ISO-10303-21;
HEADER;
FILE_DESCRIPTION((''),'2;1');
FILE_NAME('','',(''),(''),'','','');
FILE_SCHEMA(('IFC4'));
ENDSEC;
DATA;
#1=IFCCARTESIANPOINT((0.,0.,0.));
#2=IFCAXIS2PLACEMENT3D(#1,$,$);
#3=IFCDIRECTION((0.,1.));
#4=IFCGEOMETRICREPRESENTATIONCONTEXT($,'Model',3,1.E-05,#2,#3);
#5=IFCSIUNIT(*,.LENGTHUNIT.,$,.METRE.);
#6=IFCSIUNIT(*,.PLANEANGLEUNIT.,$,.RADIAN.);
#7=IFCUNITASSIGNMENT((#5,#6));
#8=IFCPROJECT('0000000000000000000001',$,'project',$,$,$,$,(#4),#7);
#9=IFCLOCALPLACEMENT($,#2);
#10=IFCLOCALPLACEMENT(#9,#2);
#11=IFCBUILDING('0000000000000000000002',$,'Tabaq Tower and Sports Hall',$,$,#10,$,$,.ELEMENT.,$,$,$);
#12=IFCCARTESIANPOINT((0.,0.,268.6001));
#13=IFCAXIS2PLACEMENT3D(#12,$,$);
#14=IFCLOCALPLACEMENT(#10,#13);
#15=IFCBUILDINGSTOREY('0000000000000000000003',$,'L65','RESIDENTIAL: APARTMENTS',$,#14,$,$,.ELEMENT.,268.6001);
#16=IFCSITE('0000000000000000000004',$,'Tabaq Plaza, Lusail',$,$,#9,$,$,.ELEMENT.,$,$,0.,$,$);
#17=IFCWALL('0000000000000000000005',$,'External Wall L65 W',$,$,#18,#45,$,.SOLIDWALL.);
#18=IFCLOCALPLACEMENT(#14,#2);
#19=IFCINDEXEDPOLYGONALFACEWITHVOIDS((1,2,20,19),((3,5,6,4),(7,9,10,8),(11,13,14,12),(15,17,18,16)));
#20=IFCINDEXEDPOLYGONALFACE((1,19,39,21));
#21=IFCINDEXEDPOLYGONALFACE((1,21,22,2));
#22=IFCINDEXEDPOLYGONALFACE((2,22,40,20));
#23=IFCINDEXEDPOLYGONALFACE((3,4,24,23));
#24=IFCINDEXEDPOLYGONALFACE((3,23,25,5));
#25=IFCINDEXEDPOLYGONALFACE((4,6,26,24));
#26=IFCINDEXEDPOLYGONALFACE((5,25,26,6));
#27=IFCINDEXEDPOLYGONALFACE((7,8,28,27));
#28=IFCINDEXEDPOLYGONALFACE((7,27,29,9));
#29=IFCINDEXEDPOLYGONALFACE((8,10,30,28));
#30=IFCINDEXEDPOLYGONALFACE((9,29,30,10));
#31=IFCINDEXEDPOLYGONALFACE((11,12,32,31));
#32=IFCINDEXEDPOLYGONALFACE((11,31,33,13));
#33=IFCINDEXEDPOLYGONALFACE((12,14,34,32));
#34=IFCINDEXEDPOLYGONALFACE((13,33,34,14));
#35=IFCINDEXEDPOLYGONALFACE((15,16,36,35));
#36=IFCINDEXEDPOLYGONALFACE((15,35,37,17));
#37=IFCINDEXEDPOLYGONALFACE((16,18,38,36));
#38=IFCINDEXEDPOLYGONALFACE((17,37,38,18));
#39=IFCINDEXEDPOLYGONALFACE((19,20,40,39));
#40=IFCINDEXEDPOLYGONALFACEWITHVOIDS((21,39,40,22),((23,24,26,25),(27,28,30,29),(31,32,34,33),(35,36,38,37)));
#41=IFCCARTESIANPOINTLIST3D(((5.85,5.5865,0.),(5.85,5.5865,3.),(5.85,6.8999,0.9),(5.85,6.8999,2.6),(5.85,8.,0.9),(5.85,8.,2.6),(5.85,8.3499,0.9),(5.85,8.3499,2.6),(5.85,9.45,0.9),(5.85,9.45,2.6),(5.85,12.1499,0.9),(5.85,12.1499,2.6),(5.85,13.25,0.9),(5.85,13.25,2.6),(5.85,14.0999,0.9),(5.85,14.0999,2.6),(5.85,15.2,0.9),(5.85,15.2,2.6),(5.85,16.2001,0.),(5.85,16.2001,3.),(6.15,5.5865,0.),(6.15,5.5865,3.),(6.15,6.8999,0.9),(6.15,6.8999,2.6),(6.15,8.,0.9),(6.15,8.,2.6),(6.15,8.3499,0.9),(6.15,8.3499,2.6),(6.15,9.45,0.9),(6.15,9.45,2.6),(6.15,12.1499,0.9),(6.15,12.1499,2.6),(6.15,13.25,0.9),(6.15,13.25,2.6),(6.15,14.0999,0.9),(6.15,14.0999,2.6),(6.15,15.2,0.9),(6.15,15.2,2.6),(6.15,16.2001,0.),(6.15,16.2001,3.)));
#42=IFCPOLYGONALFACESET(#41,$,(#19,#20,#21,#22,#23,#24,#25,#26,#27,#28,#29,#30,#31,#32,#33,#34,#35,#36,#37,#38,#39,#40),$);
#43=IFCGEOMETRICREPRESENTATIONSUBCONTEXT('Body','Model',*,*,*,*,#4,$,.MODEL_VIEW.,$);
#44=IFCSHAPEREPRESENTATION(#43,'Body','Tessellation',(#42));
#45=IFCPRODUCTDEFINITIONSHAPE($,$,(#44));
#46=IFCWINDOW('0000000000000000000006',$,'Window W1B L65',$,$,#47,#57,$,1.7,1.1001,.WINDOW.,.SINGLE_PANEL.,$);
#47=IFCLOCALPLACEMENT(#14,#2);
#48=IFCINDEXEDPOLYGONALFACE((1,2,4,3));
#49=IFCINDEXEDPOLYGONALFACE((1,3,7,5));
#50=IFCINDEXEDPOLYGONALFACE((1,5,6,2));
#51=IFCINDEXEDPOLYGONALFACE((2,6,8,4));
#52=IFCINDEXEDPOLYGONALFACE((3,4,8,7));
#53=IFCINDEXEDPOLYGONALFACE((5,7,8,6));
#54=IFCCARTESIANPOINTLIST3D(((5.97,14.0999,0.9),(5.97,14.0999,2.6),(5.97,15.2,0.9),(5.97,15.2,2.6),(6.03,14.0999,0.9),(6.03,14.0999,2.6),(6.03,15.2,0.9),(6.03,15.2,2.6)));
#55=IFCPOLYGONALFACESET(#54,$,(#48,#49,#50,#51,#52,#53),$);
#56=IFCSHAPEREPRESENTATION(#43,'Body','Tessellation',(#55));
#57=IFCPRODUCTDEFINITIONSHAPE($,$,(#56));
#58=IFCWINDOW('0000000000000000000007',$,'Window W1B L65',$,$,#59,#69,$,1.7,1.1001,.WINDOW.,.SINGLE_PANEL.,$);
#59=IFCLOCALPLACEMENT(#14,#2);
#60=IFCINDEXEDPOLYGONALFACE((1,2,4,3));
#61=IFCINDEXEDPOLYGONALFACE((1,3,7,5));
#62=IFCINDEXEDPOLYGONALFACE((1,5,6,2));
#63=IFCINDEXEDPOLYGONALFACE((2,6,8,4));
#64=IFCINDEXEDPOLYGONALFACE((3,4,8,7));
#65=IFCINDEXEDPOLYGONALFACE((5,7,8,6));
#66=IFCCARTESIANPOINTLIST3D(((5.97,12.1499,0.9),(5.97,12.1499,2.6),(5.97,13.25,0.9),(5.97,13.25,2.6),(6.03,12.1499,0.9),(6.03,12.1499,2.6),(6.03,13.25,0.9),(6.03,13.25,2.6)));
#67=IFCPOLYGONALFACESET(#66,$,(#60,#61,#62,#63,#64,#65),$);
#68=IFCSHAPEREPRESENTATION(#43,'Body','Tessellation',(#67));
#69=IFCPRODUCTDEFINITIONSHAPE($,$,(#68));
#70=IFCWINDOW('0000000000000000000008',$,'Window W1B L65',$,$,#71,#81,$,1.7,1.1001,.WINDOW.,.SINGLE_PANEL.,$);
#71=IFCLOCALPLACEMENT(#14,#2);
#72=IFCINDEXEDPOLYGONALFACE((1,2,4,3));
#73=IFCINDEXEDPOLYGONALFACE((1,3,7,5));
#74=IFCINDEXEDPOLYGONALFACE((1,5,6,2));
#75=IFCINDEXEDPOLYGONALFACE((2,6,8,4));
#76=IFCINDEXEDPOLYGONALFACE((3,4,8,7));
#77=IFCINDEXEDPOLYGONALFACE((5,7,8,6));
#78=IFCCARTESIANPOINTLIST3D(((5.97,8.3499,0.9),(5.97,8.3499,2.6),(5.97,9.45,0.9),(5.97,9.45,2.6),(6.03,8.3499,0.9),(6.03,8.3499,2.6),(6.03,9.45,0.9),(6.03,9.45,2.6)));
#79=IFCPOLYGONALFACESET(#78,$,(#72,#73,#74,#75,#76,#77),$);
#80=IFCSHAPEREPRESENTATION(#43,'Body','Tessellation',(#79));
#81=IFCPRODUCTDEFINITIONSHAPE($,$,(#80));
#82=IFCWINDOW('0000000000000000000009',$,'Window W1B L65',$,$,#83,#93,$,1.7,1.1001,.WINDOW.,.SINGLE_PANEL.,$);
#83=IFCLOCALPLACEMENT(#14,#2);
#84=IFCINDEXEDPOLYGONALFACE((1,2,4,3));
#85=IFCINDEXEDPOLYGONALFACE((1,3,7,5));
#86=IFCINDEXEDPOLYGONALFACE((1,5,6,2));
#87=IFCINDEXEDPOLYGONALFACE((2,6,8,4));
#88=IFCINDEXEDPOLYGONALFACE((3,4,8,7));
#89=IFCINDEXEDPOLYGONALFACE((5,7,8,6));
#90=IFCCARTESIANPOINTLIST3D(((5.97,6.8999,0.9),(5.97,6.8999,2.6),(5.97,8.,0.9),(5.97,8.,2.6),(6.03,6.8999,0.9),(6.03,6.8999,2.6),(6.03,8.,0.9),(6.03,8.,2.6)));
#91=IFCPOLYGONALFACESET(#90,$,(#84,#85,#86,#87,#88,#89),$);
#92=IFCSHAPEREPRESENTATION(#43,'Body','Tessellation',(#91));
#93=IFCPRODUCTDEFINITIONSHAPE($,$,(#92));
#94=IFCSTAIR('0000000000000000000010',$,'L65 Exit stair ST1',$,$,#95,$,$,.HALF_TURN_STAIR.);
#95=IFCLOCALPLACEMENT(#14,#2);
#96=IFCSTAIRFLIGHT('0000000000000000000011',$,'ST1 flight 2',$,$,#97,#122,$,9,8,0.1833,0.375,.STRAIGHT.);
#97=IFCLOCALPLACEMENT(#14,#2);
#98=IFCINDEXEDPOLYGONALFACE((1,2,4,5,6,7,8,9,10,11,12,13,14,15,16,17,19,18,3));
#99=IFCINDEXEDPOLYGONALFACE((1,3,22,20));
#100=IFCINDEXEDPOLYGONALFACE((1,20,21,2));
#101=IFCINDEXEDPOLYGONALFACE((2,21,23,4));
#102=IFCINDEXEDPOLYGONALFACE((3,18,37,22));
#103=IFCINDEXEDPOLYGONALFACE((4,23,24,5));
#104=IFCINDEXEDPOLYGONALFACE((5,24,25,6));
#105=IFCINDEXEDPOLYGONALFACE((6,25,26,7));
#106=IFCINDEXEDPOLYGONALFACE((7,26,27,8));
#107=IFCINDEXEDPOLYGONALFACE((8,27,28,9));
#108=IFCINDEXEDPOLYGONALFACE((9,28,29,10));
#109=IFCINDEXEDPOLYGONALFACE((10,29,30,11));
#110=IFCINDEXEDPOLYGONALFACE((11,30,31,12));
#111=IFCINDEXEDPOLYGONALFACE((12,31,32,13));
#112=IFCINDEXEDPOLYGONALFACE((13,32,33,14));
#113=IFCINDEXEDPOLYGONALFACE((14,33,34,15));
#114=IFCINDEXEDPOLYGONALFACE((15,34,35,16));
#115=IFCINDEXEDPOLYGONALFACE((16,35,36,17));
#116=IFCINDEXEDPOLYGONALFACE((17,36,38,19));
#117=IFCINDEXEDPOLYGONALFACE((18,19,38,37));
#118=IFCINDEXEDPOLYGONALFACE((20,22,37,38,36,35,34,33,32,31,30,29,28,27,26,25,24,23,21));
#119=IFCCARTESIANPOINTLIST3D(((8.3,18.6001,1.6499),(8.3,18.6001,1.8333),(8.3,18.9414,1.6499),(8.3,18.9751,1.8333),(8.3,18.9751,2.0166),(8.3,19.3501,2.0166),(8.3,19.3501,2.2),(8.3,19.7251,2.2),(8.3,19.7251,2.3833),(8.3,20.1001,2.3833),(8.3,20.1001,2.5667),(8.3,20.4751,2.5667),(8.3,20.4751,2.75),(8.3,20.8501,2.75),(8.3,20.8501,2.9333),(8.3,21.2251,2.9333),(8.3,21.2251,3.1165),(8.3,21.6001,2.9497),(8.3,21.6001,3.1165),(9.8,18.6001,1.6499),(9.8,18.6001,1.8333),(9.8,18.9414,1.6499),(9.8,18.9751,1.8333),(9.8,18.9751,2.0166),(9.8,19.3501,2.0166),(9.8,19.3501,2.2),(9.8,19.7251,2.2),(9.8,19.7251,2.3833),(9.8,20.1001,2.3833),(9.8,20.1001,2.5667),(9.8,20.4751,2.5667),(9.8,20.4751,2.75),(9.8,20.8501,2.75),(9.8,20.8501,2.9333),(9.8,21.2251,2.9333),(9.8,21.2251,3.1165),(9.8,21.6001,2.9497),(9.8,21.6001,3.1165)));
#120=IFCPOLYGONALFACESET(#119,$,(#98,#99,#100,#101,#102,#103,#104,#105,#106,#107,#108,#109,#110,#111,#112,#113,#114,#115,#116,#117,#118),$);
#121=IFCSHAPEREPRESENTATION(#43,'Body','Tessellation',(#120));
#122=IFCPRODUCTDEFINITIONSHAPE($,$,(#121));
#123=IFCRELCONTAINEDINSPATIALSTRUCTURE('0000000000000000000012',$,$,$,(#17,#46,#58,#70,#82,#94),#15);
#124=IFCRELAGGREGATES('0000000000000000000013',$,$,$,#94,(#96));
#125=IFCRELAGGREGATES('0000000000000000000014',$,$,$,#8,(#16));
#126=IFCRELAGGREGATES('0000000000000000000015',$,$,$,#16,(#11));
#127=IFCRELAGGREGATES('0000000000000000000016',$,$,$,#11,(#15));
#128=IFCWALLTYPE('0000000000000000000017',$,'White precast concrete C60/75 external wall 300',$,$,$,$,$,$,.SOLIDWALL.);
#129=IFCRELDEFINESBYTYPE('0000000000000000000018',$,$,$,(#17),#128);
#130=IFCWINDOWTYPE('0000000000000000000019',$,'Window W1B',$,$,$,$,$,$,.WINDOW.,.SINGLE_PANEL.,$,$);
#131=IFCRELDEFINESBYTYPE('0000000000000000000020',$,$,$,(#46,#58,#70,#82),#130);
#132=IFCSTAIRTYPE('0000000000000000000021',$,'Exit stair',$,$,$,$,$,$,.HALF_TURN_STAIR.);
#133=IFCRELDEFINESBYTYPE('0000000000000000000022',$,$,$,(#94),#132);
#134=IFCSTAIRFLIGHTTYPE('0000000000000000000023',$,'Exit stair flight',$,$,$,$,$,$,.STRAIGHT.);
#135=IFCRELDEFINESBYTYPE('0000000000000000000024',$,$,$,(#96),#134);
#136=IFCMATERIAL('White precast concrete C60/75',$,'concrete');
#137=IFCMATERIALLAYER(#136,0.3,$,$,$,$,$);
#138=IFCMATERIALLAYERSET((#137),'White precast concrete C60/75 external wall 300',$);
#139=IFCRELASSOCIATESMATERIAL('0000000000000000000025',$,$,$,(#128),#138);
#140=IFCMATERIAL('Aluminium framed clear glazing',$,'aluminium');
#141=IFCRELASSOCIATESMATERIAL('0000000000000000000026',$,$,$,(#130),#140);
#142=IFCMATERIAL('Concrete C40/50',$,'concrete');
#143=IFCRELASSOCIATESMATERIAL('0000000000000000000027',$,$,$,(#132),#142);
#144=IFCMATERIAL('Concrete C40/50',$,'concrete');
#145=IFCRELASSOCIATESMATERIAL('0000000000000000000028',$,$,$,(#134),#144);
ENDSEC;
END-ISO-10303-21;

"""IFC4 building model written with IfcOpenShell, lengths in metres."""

from ifc_helpers import new_model, si_unit, direction, frame, frame_2d, origin, place, context, subcontext, project, spatial, polyline, rectangle, outline, extrude, material, layer, layer_set, type_object, element, fill, aggregate, save


model = new_model("IFC4")

# Units and contexts
model_context = context("Model", 3, precision=1e-05, world=origin(), true_north=direction((0.0, 1.0)))
body_context = subcontext(model_context, "Body", "Model", "MODEL_VIEW")
ifc_project = project(units=[si_unit("LENGTHUNIT", "METRE"), si_unit("PLANEANGLEUNIT", "RADIAN")], contexts=[model_context])

# Site, building, storey
site_placement = place(None, origin())
site = spatial("IfcSite", under=ifc_project, at=site_placement, Name="Tabaq Plaza, Lusail", CompositionType="ELEMENT", RefElevation=0.0)
building_placement = place(site_placement, origin())
building = spatial("IfcBuilding", under=site, at=building_placement, Name="Tabaq Tower and Sports Hall", CompositionType="ELEMENT")
storey_placement = place(building_placement, frame((0.0, 0.0, 268.6001)))
storey = spatial("IfcBuildingStorey", under=building, at=storey_placement, Name="L65", Description="RESIDENTIAL: APARTMENTS", CompositionType="ELEMENT", Elevation=268.6001)

# Wall, openings, windows
ifc_material_1 = material(Name="White precast concrete C60/75", Category="concrete")
ifc_layer_1 = layer(ifc_material_1, 0.3)
ifc_layer_set_1 = layer_set([ifc_layer_1], Name="White precast concrete C60/75 external wall 300")
wall_type_1 = type_object("IfcWallType", Name="White precast concrete C60/75 external wall 300", PredefinedType="SOLIDWALL", material=ifc_layer_set_1)
wall_1_placement = place(storey_placement, frame((6.0, 16.2, 0.0), z_axis=(0.0, 0.0, 1.0), x_axis=(0.0, -1.0, 0.0)))
wall_1 = element("IfcWall", 1, at=wall_1_placement, inside=storey, type_object=wall_type_1, Name="External Wall L65 W", PredefinedType="SOLIDWALL", context=body_context, shape_type="SweptSolid", body=[
    extrude(rectangle(XDim=10.6135, YDim=0.3, at=frame_2d((5.3066, 0.0))), origin(), (0.0, 0.0, 1.0), 3.0),
])
opening_1_placement = place(wall_1_placement, frame((1.0, 0.0, 0.8999)))
opening_1 = element("IfcOpeningElement", 2, at=opening_1_placement, cuts=wall_1, PredefinedType="OPENING", context=body_context, shape_type="SweptSolid", body=[
    extrude(rectangle(XDim=1.1001, YDim=1.7, at=frame_2d((0.55, 0.8501))), frame((0.0, 0.1602, 0.0), z_axis=(0.0, -1.0, 0.0), x_axis=(1.0, 0.0, 0.0)), (0.0, 0.0, 1.0), 0.3201),
])
opening_2_placement = place(wall_1_placement, frame((2.95, 0.0, 0.8999)))
opening_2 = element("IfcOpeningElement", 3, at=opening_2_placement, cuts=wall_1, PredefinedType="OPENING", context=body_context, shape_type="SweptSolid", body=[
    extrude(rectangle(XDim=1.1001, YDim=1.7, at=frame_2d((0.55, 0.8501))), frame((0.0, 0.1602, 0.0), z_axis=(0.0, -1.0, 0.0), x_axis=(1.0, 0.0, 0.0)), (0.0, 0.0, 1.0), 0.3201),
])
opening_3_placement = place(wall_1_placement, frame((6.75, 0.0, 0.8999)))
opening_3 = element("IfcOpeningElement", 4, at=opening_3_placement, cuts=wall_1, PredefinedType="OPENING", context=body_context, shape_type="SweptSolid", body=[
    extrude(rectangle(XDim=1.1001, YDim=1.7, at=frame_2d((0.55, 0.8501))), frame((0.0, 0.1602, 0.0), z_axis=(0.0, -1.0, 0.0), x_axis=(1.0, 0.0, 0.0)), (0.0, 0.0, 1.0), 0.3201),
])
opening_4_placement = place(wall_1_placement, frame((8.2, 0.0, 0.8999)))
opening_4 = element("IfcOpeningElement", 5, at=opening_4_placement, cuts=wall_1, PredefinedType="OPENING", context=body_context, shape_type="SweptSolid", body=[
    extrude(rectangle(XDim=1.1001, YDim=1.7, at=frame_2d((0.55, 0.8501))), frame((0.0, 0.1602, 0.0), z_axis=(0.0, -1.0, 0.0), x_axis=(1.0, 0.0, 0.0)), (0.0, 0.0, 1.0), 0.3201),
])
ifc_material_2 = material(Name="Aluminium framed clear glazing", Category="aluminium")
window_type = type_object("IfcWindowType", Name="Window W1B", PartitioningType="SINGLE_PANEL", PredefinedType="WINDOW", material=ifc_material_2)
window_1_placement = place(opening_1_placement, origin())
window_1 = element("IfcWindow", 6, at=window_1_placement, inside=storey, type_object=window_type, Name="Window W1B L65", OverallHeight=1.7, OverallWidth=1.1001, PartitioningType="SINGLE_PANEL", PredefinedType="WINDOW", context=body_context, shape_type="SweptSolid", body=[
    extrude(rectangle(XDim=1.1001, YDim=1.7, at=frame_2d((0.55, 0.8501))), frame((0.0, 0.03, 0.0), z_axis=(0.0, -1.0, 0.0), x_axis=(1.0, 0.0, 0.0)), (0.0, 0.0, 1.0), 0.0601),
])
fill(opening_1, window_1)
window_2_placement = place(opening_2_placement, origin())
window_2 = element("IfcWindow", 7, at=window_2_placement, inside=storey, type_object=window_type, Name="Window W1B L65", OverallHeight=1.7, OverallWidth=1.1001, PartitioningType="SINGLE_PANEL", PredefinedType="WINDOW", context=body_context, shape_type="SweptSolid", body=[
    extrude(rectangle(XDim=1.1001, YDim=1.7, at=frame_2d((0.55, 0.8501))), frame((0.0, 0.03, 0.0), z_axis=(0.0, -1.0, 0.0), x_axis=(1.0, 0.0, 0.0)), (0.0, 0.0, 1.0), 0.0601),
])
fill(opening_2, window_2)
window_3_placement = place(opening_3_placement, origin())
window_3 = element("IfcWindow", 8, at=window_3_placement, inside=storey, type_object=window_type, Name="Window W1B L65", OverallHeight=1.7, OverallWidth=1.1001, PartitioningType="SINGLE_PANEL", PredefinedType="WINDOW", context=body_context, shape_type="SweptSolid", body=[
    extrude(rectangle(XDim=1.1001, YDim=1.7, at=frame_2d((0.55, 0.8501))), frame((0.0, 0.03, 0.0), z_axis=(0.0, -1.0, 0.0), x_axis=(1.0, 0.0, 0.0)), (0.0, 0.0, 1.0), 0.0601),
])
fill(opening_3, window_3)
window_4_placement = place(opening_4_placement, origin())
window_4 = element("IfcWindow", 9, at=window_4_placement, inside=storey, type_object=window_type, Name="Window W1B L65", OverallHeight=1.7, OverallWidth=1.1001, PartitioningType="SINGLE_PANEL", PredefinedType="WINDOW", context=body_context, shape_type="SweptSolid", body=[
    extrude(rectangle(XDim=1.1001, YDim=1.7, at=frame_2d((0.55, 0.8501))), frame((0.0, 0.03, 0.0), z_axis=(0.0, -1.0, 0.0), x_axis=(1.0, 0.0, 0.0)), (0.0, 0.0, 1.0), 0.0601),
])
fill(opening_4, window_4)

# Stair, stair flight
ifc_material_3 = material(Name="Concrete C40/50", Category="concrete")
stair_type = type_object("IfcStairType", Name="Exit stair", PredefinedType="HALF_TURN_STAIR", material=ifc_material_3)
stair_placement = place(storey_placement, origin())
stair = element("IfcStair", 10, at=stair_placement, inside=storey, type_object=stair_type, Name="L65 Exit stair ST1", PredefinedType="HALF_TURN_STAIR")
ifc_material_4 = material(Name="Concrete C40/50", Category="concrete")
stair_flight_type = type_object("IfcStairFlightType", Name="Exit stair flight", PredefinedType="STRAIGHT", material=ifc_material_4)
stair_flight_placement = place(storey_placement, frame((9.05, 18.6001, 1.6499), z_axis=(0.0, 0.0, 1.0), x_axis=(0.0, 1.0, 0.0)))
stair_flight = element("IfcStairFlight", 11, at=stair_flight_placement, type_object=stair_flight_type, Name="ST1 flight 2", NumberOfRisers=9, NumberOfTreads=8, PredefinedType="STRAIGHT", RiserHeight=0.1833, TreadLength=0.375, context=body_context, shape_type="SweptSolid", body=[
    extrude(outline(polyline([(0.0, 0.0), (0.0, 0.1833), (0.375, 0.1833), (0.375, 0.3667), (0.75, 0.3667), (0.75, 0.55), (1.125, 0.55), (1.125, 0.7334), (1.5, 0.7334), (1.5, 0.9167), (1.875, 0.9167), (1.875, 1.1001), (2.25, 1.1001), (2.25, 1.2834), (2.625, 1.2834), (2.625, 1.4666), (3.0, 1.4666), (3.0, 1.6499), (3.0, 1.2998), (0.3413, 0.0), (0.0, 0.0)])), frame((0.0, 0.75, 0.0), z_axis=(0.0, -1.0, 0.0), x_axis=(1.0, 0.0, 0.0)), (0.0, 0.0, 1.0), 1.5),
])
aggregate(stair, [stair_flight])

save(model, "model.ifc")
